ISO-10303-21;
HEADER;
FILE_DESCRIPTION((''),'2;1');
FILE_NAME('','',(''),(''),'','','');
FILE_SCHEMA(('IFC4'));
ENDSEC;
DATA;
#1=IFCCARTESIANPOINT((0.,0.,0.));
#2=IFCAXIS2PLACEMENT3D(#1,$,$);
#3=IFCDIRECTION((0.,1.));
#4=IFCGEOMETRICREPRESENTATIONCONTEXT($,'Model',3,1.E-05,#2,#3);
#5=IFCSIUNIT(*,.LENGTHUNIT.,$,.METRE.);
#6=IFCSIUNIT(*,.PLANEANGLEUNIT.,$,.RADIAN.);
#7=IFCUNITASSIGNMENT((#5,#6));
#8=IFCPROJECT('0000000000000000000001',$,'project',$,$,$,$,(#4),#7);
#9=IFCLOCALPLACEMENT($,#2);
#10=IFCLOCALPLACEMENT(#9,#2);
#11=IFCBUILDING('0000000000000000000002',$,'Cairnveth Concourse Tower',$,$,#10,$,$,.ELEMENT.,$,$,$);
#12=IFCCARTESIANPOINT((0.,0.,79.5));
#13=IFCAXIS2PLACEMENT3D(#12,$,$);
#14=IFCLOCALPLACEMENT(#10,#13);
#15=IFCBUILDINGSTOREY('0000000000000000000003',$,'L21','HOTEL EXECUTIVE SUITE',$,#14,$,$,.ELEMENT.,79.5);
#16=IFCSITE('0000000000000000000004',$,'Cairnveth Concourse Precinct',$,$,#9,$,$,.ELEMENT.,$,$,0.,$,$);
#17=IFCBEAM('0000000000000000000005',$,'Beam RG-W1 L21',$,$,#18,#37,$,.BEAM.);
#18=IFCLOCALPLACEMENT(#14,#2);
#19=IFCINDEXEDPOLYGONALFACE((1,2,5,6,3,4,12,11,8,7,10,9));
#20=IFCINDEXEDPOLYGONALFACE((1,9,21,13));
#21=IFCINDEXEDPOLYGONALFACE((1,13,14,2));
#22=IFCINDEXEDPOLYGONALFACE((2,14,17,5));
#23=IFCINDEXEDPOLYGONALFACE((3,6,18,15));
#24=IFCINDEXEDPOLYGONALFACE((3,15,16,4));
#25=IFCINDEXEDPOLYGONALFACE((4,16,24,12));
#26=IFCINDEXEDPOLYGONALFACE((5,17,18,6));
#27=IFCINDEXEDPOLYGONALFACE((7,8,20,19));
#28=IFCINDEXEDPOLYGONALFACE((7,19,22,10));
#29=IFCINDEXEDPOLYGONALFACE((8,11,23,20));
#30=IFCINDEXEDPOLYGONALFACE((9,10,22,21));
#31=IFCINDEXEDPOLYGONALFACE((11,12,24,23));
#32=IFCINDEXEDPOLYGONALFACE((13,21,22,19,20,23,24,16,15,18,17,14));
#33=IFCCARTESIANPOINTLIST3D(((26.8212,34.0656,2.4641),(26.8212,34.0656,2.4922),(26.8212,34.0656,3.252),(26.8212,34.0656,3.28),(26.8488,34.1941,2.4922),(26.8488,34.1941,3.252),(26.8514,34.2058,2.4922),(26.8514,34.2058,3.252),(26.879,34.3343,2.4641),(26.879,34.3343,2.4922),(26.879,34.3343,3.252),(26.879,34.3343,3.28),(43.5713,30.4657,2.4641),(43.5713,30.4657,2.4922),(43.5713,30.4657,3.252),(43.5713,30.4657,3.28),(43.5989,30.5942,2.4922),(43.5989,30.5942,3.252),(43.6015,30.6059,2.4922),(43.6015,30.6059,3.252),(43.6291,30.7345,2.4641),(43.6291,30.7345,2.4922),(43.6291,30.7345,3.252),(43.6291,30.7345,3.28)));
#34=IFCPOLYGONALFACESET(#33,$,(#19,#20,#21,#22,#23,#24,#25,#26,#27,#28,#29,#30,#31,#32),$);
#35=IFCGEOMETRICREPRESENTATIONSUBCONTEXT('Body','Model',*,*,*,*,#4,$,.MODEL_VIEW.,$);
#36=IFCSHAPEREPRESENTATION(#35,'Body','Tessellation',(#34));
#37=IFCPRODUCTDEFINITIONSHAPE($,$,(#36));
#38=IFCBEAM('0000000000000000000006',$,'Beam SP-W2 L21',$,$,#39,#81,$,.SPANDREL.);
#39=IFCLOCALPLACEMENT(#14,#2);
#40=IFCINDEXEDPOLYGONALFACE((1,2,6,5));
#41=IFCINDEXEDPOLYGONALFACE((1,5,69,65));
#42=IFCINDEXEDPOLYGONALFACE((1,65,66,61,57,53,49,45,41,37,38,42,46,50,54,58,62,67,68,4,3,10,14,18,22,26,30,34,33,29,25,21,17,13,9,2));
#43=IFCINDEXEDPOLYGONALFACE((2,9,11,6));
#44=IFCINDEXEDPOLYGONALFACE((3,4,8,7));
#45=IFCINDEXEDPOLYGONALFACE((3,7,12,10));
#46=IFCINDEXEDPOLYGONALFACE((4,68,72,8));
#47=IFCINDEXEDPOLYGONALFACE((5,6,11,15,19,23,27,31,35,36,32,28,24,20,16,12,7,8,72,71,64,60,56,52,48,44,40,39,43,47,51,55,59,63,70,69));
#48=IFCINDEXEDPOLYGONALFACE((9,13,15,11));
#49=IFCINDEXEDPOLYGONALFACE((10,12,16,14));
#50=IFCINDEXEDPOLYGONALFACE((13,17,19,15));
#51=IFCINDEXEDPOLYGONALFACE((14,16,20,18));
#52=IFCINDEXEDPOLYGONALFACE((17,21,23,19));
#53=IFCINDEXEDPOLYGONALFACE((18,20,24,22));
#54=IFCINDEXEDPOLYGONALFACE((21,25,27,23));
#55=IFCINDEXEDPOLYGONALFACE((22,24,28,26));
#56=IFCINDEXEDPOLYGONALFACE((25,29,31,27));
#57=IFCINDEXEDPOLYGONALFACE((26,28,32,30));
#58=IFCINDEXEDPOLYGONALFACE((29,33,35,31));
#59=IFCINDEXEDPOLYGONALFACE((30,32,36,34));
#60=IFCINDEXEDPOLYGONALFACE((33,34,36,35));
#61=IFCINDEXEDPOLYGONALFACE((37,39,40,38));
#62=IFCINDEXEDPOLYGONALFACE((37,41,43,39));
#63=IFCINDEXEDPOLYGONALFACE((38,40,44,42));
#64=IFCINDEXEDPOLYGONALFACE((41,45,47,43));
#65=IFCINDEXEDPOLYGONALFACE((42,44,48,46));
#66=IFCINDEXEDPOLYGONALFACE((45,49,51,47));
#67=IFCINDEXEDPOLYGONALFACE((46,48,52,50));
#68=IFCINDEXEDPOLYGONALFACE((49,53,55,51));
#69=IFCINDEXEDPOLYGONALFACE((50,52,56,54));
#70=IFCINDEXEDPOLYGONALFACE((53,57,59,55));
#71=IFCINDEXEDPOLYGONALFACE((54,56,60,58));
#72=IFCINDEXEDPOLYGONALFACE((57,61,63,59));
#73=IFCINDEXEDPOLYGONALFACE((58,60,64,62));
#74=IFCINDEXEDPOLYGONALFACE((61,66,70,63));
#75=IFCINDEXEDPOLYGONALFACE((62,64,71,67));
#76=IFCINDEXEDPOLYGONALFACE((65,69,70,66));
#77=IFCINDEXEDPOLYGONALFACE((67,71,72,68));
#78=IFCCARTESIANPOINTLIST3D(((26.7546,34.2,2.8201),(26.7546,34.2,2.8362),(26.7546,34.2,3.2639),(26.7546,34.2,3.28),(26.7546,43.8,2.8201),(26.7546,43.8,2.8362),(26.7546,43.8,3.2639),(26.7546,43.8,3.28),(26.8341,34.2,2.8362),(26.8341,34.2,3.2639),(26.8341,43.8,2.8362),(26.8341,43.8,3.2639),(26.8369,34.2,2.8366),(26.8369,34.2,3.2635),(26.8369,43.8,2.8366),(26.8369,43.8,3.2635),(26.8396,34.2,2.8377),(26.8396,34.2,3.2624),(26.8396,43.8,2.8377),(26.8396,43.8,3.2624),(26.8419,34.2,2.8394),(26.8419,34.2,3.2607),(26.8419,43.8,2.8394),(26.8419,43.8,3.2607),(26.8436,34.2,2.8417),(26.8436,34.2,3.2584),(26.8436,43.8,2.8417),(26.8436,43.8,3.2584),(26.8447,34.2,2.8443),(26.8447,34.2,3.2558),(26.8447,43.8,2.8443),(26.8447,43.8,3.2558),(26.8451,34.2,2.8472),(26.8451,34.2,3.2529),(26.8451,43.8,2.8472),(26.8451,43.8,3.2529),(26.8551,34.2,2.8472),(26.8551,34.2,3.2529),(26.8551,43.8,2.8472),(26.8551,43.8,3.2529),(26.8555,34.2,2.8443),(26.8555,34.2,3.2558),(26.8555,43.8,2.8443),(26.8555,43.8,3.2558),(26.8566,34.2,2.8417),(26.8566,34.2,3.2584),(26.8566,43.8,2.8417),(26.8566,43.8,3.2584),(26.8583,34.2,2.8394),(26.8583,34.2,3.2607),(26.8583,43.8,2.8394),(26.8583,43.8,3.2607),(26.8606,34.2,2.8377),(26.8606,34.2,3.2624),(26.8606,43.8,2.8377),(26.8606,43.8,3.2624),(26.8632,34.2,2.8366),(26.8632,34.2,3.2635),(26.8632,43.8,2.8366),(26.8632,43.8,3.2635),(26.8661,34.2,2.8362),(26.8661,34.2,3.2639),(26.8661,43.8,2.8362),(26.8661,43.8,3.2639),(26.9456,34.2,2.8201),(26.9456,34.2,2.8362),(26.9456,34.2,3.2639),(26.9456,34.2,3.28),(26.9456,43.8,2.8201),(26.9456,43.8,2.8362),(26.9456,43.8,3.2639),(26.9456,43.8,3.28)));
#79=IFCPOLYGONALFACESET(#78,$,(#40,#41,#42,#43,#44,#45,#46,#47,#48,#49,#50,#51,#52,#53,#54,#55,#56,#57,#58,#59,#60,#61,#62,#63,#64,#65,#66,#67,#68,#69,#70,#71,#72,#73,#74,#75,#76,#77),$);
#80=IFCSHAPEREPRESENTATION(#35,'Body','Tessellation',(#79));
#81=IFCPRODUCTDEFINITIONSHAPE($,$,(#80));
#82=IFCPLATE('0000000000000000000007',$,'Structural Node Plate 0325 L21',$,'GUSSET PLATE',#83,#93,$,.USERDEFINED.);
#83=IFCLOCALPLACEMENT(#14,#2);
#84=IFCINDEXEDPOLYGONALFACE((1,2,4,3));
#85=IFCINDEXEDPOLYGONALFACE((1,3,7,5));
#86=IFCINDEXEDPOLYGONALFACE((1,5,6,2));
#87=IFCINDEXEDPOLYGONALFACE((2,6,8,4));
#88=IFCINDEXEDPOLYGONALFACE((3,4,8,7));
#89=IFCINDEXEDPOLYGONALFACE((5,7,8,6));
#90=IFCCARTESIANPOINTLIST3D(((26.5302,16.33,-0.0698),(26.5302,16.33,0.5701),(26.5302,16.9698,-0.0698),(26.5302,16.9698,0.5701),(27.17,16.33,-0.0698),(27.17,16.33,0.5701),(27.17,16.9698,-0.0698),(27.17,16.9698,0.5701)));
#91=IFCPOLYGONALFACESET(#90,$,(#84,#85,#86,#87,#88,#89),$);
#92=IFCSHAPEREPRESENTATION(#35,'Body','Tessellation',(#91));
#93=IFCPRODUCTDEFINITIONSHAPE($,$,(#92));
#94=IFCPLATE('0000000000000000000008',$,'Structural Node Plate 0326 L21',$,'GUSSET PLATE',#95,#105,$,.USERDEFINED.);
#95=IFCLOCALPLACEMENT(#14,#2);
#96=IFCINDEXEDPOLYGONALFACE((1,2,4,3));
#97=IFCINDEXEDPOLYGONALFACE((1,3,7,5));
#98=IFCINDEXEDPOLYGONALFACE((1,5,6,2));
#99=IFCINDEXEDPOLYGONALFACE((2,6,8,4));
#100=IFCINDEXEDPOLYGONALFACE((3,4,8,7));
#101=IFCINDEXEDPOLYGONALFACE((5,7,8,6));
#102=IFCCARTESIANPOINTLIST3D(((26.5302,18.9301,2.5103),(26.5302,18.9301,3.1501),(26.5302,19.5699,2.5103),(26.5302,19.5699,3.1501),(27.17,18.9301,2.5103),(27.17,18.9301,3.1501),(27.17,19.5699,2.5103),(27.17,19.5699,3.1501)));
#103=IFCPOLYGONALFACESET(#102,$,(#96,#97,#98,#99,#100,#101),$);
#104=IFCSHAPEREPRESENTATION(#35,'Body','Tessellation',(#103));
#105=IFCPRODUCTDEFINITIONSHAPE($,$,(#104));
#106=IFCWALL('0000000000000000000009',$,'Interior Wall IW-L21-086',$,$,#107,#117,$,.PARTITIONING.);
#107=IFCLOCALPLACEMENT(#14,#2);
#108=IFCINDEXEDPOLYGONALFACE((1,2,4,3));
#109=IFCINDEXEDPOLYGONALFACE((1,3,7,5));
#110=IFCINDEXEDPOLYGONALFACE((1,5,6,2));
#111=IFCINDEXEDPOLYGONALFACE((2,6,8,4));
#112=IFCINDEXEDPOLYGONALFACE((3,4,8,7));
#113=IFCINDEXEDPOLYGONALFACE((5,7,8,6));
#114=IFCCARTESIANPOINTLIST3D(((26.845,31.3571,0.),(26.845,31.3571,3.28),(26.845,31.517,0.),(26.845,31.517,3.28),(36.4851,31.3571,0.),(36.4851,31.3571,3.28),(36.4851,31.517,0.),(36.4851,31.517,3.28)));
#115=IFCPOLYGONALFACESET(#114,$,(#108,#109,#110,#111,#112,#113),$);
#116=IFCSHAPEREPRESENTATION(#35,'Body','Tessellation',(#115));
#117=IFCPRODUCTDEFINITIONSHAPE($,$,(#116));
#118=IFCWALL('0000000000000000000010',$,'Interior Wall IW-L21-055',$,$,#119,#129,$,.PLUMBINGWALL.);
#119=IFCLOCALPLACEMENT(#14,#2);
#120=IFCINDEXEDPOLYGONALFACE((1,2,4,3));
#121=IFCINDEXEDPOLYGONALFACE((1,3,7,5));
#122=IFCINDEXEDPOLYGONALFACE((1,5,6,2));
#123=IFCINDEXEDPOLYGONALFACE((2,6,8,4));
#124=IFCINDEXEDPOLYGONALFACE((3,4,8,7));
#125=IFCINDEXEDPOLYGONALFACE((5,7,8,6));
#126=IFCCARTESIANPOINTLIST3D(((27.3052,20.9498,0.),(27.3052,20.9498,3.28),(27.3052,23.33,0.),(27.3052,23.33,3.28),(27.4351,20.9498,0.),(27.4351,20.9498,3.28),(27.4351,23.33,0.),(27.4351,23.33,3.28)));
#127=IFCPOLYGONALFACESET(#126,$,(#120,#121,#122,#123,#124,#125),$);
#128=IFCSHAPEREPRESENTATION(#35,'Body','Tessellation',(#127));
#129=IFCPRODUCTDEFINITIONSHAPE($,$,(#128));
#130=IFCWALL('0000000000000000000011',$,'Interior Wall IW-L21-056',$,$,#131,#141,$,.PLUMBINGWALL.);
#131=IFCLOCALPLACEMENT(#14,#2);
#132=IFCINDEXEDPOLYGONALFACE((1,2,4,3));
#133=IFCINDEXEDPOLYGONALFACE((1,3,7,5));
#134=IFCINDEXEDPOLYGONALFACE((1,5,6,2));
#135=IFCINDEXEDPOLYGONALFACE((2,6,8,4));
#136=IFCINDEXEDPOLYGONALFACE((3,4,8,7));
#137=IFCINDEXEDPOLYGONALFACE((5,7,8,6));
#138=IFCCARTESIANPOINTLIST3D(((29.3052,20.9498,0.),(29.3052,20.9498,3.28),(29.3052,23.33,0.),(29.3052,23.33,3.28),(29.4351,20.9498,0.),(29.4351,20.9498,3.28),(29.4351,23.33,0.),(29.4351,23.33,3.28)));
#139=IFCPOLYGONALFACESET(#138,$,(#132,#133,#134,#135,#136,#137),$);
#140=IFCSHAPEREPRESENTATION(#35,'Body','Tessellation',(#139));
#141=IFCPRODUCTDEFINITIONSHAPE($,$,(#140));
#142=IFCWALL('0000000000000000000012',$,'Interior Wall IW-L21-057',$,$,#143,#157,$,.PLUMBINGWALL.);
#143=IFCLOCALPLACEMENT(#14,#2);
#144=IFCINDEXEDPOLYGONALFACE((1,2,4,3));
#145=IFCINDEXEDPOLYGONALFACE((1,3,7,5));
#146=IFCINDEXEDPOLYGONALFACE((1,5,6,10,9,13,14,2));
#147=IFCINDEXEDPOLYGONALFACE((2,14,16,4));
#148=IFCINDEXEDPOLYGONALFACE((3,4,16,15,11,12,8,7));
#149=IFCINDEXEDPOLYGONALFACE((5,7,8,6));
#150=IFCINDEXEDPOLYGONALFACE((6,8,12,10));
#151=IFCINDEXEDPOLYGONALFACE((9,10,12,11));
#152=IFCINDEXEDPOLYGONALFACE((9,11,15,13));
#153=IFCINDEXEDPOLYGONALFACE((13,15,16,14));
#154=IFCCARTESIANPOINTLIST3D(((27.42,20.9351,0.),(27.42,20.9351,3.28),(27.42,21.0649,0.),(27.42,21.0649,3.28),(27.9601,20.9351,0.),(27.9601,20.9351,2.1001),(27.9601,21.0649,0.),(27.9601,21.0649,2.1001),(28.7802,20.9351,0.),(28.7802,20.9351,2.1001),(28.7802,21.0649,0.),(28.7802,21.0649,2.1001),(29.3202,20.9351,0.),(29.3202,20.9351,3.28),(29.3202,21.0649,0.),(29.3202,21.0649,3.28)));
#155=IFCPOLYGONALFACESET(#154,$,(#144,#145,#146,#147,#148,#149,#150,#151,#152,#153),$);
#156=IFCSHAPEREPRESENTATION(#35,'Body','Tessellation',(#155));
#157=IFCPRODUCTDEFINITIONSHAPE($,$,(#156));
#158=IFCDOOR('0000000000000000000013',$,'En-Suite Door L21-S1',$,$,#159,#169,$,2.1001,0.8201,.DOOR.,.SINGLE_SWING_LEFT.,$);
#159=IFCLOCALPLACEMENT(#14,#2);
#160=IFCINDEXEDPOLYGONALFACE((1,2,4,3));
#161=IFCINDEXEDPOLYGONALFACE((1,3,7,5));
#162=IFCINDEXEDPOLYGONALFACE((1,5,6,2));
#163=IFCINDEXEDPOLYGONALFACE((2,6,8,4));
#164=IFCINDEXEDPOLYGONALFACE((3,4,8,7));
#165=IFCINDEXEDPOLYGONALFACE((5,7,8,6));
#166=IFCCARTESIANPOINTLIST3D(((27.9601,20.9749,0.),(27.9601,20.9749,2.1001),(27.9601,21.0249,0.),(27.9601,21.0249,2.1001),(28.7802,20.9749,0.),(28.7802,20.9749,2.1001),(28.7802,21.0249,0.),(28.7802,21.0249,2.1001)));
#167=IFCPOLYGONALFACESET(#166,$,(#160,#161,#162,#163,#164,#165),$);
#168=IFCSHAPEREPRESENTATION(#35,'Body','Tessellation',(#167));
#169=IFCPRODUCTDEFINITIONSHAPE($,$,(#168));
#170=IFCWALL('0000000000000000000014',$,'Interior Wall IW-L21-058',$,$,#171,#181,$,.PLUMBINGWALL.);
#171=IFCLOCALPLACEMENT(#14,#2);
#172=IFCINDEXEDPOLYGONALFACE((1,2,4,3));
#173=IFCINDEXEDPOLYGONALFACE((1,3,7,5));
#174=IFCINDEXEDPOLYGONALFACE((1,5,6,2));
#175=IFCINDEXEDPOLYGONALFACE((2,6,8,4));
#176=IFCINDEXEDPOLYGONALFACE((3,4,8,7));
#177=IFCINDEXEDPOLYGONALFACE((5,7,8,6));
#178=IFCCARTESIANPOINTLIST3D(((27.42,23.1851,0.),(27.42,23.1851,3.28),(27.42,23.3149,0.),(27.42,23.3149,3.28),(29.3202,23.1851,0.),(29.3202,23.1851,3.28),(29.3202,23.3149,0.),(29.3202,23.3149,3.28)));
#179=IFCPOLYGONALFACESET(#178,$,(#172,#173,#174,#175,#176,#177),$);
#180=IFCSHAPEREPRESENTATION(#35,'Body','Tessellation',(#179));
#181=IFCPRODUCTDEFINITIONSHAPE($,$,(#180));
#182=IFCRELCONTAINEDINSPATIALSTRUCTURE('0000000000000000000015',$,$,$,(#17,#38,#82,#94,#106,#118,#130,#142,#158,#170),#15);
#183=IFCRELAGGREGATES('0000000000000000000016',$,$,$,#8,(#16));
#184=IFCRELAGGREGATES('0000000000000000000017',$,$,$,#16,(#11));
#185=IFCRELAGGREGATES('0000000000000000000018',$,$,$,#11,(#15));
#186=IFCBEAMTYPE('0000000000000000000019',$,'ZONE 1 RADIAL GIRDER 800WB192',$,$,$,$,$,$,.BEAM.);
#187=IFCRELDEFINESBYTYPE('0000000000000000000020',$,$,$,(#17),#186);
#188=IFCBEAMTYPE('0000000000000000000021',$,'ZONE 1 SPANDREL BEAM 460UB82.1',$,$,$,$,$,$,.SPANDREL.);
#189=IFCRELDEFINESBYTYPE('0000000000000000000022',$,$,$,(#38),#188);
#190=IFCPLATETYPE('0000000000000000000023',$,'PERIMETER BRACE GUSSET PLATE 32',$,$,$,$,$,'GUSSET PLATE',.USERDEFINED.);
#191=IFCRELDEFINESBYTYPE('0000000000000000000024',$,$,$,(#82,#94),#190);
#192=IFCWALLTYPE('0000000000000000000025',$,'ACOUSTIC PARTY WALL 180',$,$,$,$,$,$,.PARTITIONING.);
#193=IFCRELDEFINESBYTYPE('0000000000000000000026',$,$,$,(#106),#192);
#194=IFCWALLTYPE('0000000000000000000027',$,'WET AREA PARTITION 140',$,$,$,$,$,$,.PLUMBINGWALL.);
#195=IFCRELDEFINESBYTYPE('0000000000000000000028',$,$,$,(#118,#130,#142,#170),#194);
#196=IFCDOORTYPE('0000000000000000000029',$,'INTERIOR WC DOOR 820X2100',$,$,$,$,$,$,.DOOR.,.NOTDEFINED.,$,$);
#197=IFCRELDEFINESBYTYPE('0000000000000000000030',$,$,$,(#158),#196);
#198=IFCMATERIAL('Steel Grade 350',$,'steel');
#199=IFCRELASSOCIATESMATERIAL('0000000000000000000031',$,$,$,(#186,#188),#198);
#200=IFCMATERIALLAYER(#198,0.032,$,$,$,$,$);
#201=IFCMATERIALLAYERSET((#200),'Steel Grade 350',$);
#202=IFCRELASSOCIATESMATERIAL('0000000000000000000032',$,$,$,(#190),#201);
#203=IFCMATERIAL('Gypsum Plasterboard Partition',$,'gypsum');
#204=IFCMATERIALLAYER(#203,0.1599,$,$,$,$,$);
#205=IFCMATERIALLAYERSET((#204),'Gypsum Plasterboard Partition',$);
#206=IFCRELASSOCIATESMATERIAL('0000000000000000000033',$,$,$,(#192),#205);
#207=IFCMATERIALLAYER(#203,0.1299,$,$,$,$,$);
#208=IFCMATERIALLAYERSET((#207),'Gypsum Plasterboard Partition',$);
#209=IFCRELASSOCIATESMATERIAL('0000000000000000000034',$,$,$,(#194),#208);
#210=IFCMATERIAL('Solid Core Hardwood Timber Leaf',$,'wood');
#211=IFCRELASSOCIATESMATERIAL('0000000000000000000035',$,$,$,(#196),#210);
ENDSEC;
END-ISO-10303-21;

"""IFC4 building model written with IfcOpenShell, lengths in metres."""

from ifc_helpers import new_model, si_unit, direction, frame, frame_2d, origin, origin_2d, place, context, subcontext, project, spatial, rectangle, i_section, extrude, material, layer, layer_set, material_profile, profile_set, type_object, element, fill, save


model = new_model("IFC4")

# Units and contexts
model_context = context("Model", 3, precision=1e-05, world=origin(), true_north=direction((0.0, 1.0)))
body_context = subcontext(model_context, "Body", "Model", "MODEL_VIEW")
ifc_project = project(units=[si_unit("LENGTHUNIT", "METRE"), si_unit("PLANEANGLEUNIT", "RADIAN")], contexts=[model_context])

# Site, building, storey
site_placement = place(None, origin())
site = spatial("IfcSite", under=ifc_project, at=site_placement, Name="Cairnveth Concourse Precinct", CompositionType="ELEMENT", RefElevation=0.0)
building_placement = place(site_placement, origin())
building = spatial("IfcBuilding", under=site, at=building_placement, Name="Cairnveth Concourse Tower", CompositionType="ELEMENT")
storey_placement = place(building_placement, frame((0.0, 0.0, 79.5)))
storey = spatial("IfcBuildingStorey", under=building, at=storey_placement, Name="L21", Description="HOTEL EXECUTIVE SUITE", CompositionType="ELEMENT", Elevation=79.5)

# Shared definitions
ifc_material_1 = material(Name="Steel Grade 350", Category="steel")

# Beams
ifc_material_profile_1 = material_profile(ifc_material_1, i_section(OverallWidth=0.2749, OverallDepth=0.8159, WebThickness=0.012, FlangeThickness=0.0281, at=origin_2d()), Name="800WB192")
ifc_profile_set_1 = profile_set([ifc_material_profile_1], Name="Steel Grade 350")
beam_type_1 = type_object("IfcBeamType", Name="ZONE 1 RADIAL GIRDER 800WB192", PredefinedType="BEAM", material=ifc_profile_set_1)
beam_1_placement = place(storey_placement, frame((26.8501, 34.2, 2.8721), z_axis=(0.977676, -0.210119, 0.0), x_axis=(0.210119, 0.977676, 0.0)))
element("IfcBeam", 1, at=beam_1_placement, inside=storey, type_object=beam_type_1, Name="Beam RG-W1 L21", PredefinedType="BEAM", context=body_context, shape_type="SweptSolid", body=[
    extrude(i_section(OverallWidth=0.2749, OverallDepth=0.8159, WebThickness=0.012, FlangeThickness=0.0281, at=origin_2d()), origin(), (0.0, 0.0, 1.0), 17.1326),
])
ifc_material_profile_2 = material_profile(ifc_material_1, i_section(OverallWidth=0.1909, OverallDepth=0.46, WebThickness=0.01, FlangeThickness=0.0161, FilletRadius=0.011, at=origin_2d()), Name="460UB82.1")
ifc_profile_set_2 = profile_set([ifc_material_profile_2], Name="Steel Grade 350")
beam_type_2 = type_object("IfcBeamType", Name="ZONE 1 SPANDREL BEAM 460UB82.1", PredefinedType="SPANDREL", material=ifc_profile_set_2)
beam_2_placement = place(storey_placement, frame((26.8501, 34.2, 3.05), z_axis=(0.0, 1.0, 0.0), x_axis=(-1.0, 0.0, 0.0)))
element("IfcBeam", 2, at=beam_2_placement, inside=storey, type_object=beam_type_2, Name="Beam SP-W2 L21", PredefinedType="SPANDREL", context=body_context, shape_type="SweptSolid", body=[
    extrude(i_section(OverallWidth=0.1909, OverallDepth=0.46, WebThickness=0.01, FlangeThickness=0.0161, FilletRadius=0.011, at=origin_2d()), origin(), (0.0, 0.0, 1.0), 9.6001),
])

# Plates
ifc_layer_1 = layer(ifc_material_1, 0.032)
ifc_layer_set_1 = layer_set([ifc_layer_1], Name="Steel Grade 350")
plate_type = type_object("IfcPlateType", Name="PERIMETER BRACE GUSSET PLATE 32", ElementType="GUSSET PLATE", PredefinedType="USERDEFINED", material=ifc_layer_set_1)
for number, where, z_axis, x_axis, name in (
    (3, (26.8501, 16.6499, -0.0698), (0.0, 0.0, 1.0), (1.0, 0.0, 0.0), "Structural Node Plate 0325 L21"),
    (4, (26.8501, 19.25, 2.5103), (0.0, 0.0, 1.0), (1.0, 0.0, 0.0), "Structural Node Plate 0326 L21"),
):
    element("IfcPlate", number, at=place(storey_placement, frame(where, z_axis=z_axis, x_axis=x_axis)), inside=storey, type_object=plate_type, Name=name, ObjectType="GUSSET PLATE", PredefinedType="USERDEFINED", context=body_context, shape_type="SweptSolid", body=[
        extrude(rectangle(XDim=0.6399, YDim=0.6399, at=origin_2d()), origin(), (0.0, 0.0, 1.0), 0.6399),
    ])

# Walls
ifc_material_2 = material(Name="Gypsum Plasterboard Partition", Category="gypsum")
ifc_layer_2 = layer(ifc_material_2, 0.1599)
ifc_layer_set_2 = layer_set([ifc_layer_2], Name="Gypsum Plasterboard Partition")
wall_type_1 = type_object("IfcWallType", Name="ACOUSTIC PARTY WALL 180", PredefinedType="PARTITIONING", material=ifc_layer_set_2)
wall_1_placement = place(storey_placement, frame((26.845, 31.437, 0.0), z_axis=(0.0, 0.0, 1.0), x_axis=(1.0, 0.0, 0.0)))
element("IfcWall", 5, at=wall_1_placement, inside=storey, type_object=wall_type_1, Name="Interior Wall IW-L21-086", PredefinedType="PARTITIONING", context=body_context, shape_type="SweptSolid", body=[
    extrude(rectangle(XDim=9.6401, YDim=0.1599, at=frame_2d((4.8201, 0.0))), origin(), (0.0, 0.0, 1.0), 3.28),
])
ifc_layer_3 = layer(ifc_material_2, 0.1299)
ifc_layer_set_3 = layer_set([ifc_layer_3], Name="Gypsum Plasterboard Partition")
wall_type_2 = type_object("IfcWallType", Name="WET AREA PARTITION 140", PredefinedType="PLUMBINGWALL", material=ifc_layer_set_3)
for number, where, z_axis, x_axis, name in (
    (6, (27.3701, 20.95, 0.0), (0.0, 0.0, 1.0), (0.0, 1.0, 0.0), "Interior Wall IW-L21-055"),
    (7, (29.3701, 20.95, 0.0), (0.0, 0.0, 1.0), (0.0, 1.0, 0.0), "Interior Wall IW-L21-056"),
):
    element("IfcWall", number, at=place(storey_placement, frame(where, z_axis=z_axis, x_axis=x_axis)), inside=storey, type_object=wall_type_2, Name=name, PredefinedType="PLUMBINGWALL", context=body_context, shape_type="SweptSolid", body=[
        extrude(rectangle(XDim=2.3801, YDim=0.1299, at=frame_2d((1.1899, 0.0))), origin(), (0.0, 0.0, 1.0), 3.28),
    ])

# Wall, opening, door
wall_2_placement = place(storey_placement, frame((27.4199, 21.0, 0.0), z_axis=(0.0, 0.0, 1.0), x_axis=(1.0, 0.0, 0.0)))
wall_2 = element("IfcWall", 8, at=wall_2_placement, inside=storey, type_object=wall_type_2, Name="Interior Wall IW-L21-057", PredefinedType="PLUMBINGWALL", context=body_context, shape_type="SweptSolid", body=[
    extrude(rectangle(XDim=1.9001, YDim=0.1299, at=frame_2d((0.9502, 0.0))), origin(), (0.0, 0.0, 1.0), 3.28),
])
opening_placement = place(wall_2_placement, frame((0.54, 0.0, 0.0)))
opening = element("IfcOpeningElement", 9, at=opening_placement, cuts=wall_2, PredefinedType="OPENING", context=body_context, shape_type="SweptSolid", body=[
    extrude(rectangle(XDim=0.8201, YDim=2.1001, at=frame_2d((0.4102, 1.05))), frame((0.0, 0.075, 0.0), z_axis=(0.0, -1.0, 0.0), x_axis=(1.0, 0.0, 0.0)), (0.0, 0.0, 1.0), 0.1499),
])
ifc_material_3 = material(Name="Solid Core Hardwood Timber Leaf", Category="wood")
door_type = type_object("IfcDoorType", Name="INTERIOR WC DOOR 820X2100", OperationType="NOTDEFINED", PredefinedType="DOOR", material=ifc_material_3)
door_placement = place(opening_placement, origin())
door = element("IfcDoor", 10, at=door_placement, inside=storey, type_object=door_type, Name="En-Suite Door L21-S1", OperationType="SINGLE_SWING_LEFT", OverallHeight=2.1001, OverallWidth=0.8201, PredefinedType="DOOR", context=body_context, shape_type="SweptSolid", body=[
    extrude(rectangle(XDim=0.8201, YDim=2.1001, at=frame_2d((0.4102, 1.05))), frame((0.0, 0.0249, 0.0), z_axis=(0.0, -1.0, 0.0), x_axis=(1.0, 0.0, 0.0)), (0.0, 0.0, 1.0), 0.05),
])
fill(opening, door)

# Wall
wall_3_placement = place(storey_placement, frame((27.4199, 23.25, 0.0), z_axis=(0.0, 0.0, 1.0), x_axis=(1.0, 0.0, 0.0)))
element("IfcWall", 11, at=wall_3_placement, inside=storey, type_object=wall_type_2, Name="Interior Wall IW-L21-058", PredefinedType="PLUMBINGWALL", context=body_context, shape_type="SweptSolid", body=[
    extrude(rectangle(XDim=1.9001, YDim=0.1299, at=frame_2d((0.9502, 0.0))), origin(), (0.0, 0.0, 1.0), 3.28),
])

save(model, "model.ifc")
